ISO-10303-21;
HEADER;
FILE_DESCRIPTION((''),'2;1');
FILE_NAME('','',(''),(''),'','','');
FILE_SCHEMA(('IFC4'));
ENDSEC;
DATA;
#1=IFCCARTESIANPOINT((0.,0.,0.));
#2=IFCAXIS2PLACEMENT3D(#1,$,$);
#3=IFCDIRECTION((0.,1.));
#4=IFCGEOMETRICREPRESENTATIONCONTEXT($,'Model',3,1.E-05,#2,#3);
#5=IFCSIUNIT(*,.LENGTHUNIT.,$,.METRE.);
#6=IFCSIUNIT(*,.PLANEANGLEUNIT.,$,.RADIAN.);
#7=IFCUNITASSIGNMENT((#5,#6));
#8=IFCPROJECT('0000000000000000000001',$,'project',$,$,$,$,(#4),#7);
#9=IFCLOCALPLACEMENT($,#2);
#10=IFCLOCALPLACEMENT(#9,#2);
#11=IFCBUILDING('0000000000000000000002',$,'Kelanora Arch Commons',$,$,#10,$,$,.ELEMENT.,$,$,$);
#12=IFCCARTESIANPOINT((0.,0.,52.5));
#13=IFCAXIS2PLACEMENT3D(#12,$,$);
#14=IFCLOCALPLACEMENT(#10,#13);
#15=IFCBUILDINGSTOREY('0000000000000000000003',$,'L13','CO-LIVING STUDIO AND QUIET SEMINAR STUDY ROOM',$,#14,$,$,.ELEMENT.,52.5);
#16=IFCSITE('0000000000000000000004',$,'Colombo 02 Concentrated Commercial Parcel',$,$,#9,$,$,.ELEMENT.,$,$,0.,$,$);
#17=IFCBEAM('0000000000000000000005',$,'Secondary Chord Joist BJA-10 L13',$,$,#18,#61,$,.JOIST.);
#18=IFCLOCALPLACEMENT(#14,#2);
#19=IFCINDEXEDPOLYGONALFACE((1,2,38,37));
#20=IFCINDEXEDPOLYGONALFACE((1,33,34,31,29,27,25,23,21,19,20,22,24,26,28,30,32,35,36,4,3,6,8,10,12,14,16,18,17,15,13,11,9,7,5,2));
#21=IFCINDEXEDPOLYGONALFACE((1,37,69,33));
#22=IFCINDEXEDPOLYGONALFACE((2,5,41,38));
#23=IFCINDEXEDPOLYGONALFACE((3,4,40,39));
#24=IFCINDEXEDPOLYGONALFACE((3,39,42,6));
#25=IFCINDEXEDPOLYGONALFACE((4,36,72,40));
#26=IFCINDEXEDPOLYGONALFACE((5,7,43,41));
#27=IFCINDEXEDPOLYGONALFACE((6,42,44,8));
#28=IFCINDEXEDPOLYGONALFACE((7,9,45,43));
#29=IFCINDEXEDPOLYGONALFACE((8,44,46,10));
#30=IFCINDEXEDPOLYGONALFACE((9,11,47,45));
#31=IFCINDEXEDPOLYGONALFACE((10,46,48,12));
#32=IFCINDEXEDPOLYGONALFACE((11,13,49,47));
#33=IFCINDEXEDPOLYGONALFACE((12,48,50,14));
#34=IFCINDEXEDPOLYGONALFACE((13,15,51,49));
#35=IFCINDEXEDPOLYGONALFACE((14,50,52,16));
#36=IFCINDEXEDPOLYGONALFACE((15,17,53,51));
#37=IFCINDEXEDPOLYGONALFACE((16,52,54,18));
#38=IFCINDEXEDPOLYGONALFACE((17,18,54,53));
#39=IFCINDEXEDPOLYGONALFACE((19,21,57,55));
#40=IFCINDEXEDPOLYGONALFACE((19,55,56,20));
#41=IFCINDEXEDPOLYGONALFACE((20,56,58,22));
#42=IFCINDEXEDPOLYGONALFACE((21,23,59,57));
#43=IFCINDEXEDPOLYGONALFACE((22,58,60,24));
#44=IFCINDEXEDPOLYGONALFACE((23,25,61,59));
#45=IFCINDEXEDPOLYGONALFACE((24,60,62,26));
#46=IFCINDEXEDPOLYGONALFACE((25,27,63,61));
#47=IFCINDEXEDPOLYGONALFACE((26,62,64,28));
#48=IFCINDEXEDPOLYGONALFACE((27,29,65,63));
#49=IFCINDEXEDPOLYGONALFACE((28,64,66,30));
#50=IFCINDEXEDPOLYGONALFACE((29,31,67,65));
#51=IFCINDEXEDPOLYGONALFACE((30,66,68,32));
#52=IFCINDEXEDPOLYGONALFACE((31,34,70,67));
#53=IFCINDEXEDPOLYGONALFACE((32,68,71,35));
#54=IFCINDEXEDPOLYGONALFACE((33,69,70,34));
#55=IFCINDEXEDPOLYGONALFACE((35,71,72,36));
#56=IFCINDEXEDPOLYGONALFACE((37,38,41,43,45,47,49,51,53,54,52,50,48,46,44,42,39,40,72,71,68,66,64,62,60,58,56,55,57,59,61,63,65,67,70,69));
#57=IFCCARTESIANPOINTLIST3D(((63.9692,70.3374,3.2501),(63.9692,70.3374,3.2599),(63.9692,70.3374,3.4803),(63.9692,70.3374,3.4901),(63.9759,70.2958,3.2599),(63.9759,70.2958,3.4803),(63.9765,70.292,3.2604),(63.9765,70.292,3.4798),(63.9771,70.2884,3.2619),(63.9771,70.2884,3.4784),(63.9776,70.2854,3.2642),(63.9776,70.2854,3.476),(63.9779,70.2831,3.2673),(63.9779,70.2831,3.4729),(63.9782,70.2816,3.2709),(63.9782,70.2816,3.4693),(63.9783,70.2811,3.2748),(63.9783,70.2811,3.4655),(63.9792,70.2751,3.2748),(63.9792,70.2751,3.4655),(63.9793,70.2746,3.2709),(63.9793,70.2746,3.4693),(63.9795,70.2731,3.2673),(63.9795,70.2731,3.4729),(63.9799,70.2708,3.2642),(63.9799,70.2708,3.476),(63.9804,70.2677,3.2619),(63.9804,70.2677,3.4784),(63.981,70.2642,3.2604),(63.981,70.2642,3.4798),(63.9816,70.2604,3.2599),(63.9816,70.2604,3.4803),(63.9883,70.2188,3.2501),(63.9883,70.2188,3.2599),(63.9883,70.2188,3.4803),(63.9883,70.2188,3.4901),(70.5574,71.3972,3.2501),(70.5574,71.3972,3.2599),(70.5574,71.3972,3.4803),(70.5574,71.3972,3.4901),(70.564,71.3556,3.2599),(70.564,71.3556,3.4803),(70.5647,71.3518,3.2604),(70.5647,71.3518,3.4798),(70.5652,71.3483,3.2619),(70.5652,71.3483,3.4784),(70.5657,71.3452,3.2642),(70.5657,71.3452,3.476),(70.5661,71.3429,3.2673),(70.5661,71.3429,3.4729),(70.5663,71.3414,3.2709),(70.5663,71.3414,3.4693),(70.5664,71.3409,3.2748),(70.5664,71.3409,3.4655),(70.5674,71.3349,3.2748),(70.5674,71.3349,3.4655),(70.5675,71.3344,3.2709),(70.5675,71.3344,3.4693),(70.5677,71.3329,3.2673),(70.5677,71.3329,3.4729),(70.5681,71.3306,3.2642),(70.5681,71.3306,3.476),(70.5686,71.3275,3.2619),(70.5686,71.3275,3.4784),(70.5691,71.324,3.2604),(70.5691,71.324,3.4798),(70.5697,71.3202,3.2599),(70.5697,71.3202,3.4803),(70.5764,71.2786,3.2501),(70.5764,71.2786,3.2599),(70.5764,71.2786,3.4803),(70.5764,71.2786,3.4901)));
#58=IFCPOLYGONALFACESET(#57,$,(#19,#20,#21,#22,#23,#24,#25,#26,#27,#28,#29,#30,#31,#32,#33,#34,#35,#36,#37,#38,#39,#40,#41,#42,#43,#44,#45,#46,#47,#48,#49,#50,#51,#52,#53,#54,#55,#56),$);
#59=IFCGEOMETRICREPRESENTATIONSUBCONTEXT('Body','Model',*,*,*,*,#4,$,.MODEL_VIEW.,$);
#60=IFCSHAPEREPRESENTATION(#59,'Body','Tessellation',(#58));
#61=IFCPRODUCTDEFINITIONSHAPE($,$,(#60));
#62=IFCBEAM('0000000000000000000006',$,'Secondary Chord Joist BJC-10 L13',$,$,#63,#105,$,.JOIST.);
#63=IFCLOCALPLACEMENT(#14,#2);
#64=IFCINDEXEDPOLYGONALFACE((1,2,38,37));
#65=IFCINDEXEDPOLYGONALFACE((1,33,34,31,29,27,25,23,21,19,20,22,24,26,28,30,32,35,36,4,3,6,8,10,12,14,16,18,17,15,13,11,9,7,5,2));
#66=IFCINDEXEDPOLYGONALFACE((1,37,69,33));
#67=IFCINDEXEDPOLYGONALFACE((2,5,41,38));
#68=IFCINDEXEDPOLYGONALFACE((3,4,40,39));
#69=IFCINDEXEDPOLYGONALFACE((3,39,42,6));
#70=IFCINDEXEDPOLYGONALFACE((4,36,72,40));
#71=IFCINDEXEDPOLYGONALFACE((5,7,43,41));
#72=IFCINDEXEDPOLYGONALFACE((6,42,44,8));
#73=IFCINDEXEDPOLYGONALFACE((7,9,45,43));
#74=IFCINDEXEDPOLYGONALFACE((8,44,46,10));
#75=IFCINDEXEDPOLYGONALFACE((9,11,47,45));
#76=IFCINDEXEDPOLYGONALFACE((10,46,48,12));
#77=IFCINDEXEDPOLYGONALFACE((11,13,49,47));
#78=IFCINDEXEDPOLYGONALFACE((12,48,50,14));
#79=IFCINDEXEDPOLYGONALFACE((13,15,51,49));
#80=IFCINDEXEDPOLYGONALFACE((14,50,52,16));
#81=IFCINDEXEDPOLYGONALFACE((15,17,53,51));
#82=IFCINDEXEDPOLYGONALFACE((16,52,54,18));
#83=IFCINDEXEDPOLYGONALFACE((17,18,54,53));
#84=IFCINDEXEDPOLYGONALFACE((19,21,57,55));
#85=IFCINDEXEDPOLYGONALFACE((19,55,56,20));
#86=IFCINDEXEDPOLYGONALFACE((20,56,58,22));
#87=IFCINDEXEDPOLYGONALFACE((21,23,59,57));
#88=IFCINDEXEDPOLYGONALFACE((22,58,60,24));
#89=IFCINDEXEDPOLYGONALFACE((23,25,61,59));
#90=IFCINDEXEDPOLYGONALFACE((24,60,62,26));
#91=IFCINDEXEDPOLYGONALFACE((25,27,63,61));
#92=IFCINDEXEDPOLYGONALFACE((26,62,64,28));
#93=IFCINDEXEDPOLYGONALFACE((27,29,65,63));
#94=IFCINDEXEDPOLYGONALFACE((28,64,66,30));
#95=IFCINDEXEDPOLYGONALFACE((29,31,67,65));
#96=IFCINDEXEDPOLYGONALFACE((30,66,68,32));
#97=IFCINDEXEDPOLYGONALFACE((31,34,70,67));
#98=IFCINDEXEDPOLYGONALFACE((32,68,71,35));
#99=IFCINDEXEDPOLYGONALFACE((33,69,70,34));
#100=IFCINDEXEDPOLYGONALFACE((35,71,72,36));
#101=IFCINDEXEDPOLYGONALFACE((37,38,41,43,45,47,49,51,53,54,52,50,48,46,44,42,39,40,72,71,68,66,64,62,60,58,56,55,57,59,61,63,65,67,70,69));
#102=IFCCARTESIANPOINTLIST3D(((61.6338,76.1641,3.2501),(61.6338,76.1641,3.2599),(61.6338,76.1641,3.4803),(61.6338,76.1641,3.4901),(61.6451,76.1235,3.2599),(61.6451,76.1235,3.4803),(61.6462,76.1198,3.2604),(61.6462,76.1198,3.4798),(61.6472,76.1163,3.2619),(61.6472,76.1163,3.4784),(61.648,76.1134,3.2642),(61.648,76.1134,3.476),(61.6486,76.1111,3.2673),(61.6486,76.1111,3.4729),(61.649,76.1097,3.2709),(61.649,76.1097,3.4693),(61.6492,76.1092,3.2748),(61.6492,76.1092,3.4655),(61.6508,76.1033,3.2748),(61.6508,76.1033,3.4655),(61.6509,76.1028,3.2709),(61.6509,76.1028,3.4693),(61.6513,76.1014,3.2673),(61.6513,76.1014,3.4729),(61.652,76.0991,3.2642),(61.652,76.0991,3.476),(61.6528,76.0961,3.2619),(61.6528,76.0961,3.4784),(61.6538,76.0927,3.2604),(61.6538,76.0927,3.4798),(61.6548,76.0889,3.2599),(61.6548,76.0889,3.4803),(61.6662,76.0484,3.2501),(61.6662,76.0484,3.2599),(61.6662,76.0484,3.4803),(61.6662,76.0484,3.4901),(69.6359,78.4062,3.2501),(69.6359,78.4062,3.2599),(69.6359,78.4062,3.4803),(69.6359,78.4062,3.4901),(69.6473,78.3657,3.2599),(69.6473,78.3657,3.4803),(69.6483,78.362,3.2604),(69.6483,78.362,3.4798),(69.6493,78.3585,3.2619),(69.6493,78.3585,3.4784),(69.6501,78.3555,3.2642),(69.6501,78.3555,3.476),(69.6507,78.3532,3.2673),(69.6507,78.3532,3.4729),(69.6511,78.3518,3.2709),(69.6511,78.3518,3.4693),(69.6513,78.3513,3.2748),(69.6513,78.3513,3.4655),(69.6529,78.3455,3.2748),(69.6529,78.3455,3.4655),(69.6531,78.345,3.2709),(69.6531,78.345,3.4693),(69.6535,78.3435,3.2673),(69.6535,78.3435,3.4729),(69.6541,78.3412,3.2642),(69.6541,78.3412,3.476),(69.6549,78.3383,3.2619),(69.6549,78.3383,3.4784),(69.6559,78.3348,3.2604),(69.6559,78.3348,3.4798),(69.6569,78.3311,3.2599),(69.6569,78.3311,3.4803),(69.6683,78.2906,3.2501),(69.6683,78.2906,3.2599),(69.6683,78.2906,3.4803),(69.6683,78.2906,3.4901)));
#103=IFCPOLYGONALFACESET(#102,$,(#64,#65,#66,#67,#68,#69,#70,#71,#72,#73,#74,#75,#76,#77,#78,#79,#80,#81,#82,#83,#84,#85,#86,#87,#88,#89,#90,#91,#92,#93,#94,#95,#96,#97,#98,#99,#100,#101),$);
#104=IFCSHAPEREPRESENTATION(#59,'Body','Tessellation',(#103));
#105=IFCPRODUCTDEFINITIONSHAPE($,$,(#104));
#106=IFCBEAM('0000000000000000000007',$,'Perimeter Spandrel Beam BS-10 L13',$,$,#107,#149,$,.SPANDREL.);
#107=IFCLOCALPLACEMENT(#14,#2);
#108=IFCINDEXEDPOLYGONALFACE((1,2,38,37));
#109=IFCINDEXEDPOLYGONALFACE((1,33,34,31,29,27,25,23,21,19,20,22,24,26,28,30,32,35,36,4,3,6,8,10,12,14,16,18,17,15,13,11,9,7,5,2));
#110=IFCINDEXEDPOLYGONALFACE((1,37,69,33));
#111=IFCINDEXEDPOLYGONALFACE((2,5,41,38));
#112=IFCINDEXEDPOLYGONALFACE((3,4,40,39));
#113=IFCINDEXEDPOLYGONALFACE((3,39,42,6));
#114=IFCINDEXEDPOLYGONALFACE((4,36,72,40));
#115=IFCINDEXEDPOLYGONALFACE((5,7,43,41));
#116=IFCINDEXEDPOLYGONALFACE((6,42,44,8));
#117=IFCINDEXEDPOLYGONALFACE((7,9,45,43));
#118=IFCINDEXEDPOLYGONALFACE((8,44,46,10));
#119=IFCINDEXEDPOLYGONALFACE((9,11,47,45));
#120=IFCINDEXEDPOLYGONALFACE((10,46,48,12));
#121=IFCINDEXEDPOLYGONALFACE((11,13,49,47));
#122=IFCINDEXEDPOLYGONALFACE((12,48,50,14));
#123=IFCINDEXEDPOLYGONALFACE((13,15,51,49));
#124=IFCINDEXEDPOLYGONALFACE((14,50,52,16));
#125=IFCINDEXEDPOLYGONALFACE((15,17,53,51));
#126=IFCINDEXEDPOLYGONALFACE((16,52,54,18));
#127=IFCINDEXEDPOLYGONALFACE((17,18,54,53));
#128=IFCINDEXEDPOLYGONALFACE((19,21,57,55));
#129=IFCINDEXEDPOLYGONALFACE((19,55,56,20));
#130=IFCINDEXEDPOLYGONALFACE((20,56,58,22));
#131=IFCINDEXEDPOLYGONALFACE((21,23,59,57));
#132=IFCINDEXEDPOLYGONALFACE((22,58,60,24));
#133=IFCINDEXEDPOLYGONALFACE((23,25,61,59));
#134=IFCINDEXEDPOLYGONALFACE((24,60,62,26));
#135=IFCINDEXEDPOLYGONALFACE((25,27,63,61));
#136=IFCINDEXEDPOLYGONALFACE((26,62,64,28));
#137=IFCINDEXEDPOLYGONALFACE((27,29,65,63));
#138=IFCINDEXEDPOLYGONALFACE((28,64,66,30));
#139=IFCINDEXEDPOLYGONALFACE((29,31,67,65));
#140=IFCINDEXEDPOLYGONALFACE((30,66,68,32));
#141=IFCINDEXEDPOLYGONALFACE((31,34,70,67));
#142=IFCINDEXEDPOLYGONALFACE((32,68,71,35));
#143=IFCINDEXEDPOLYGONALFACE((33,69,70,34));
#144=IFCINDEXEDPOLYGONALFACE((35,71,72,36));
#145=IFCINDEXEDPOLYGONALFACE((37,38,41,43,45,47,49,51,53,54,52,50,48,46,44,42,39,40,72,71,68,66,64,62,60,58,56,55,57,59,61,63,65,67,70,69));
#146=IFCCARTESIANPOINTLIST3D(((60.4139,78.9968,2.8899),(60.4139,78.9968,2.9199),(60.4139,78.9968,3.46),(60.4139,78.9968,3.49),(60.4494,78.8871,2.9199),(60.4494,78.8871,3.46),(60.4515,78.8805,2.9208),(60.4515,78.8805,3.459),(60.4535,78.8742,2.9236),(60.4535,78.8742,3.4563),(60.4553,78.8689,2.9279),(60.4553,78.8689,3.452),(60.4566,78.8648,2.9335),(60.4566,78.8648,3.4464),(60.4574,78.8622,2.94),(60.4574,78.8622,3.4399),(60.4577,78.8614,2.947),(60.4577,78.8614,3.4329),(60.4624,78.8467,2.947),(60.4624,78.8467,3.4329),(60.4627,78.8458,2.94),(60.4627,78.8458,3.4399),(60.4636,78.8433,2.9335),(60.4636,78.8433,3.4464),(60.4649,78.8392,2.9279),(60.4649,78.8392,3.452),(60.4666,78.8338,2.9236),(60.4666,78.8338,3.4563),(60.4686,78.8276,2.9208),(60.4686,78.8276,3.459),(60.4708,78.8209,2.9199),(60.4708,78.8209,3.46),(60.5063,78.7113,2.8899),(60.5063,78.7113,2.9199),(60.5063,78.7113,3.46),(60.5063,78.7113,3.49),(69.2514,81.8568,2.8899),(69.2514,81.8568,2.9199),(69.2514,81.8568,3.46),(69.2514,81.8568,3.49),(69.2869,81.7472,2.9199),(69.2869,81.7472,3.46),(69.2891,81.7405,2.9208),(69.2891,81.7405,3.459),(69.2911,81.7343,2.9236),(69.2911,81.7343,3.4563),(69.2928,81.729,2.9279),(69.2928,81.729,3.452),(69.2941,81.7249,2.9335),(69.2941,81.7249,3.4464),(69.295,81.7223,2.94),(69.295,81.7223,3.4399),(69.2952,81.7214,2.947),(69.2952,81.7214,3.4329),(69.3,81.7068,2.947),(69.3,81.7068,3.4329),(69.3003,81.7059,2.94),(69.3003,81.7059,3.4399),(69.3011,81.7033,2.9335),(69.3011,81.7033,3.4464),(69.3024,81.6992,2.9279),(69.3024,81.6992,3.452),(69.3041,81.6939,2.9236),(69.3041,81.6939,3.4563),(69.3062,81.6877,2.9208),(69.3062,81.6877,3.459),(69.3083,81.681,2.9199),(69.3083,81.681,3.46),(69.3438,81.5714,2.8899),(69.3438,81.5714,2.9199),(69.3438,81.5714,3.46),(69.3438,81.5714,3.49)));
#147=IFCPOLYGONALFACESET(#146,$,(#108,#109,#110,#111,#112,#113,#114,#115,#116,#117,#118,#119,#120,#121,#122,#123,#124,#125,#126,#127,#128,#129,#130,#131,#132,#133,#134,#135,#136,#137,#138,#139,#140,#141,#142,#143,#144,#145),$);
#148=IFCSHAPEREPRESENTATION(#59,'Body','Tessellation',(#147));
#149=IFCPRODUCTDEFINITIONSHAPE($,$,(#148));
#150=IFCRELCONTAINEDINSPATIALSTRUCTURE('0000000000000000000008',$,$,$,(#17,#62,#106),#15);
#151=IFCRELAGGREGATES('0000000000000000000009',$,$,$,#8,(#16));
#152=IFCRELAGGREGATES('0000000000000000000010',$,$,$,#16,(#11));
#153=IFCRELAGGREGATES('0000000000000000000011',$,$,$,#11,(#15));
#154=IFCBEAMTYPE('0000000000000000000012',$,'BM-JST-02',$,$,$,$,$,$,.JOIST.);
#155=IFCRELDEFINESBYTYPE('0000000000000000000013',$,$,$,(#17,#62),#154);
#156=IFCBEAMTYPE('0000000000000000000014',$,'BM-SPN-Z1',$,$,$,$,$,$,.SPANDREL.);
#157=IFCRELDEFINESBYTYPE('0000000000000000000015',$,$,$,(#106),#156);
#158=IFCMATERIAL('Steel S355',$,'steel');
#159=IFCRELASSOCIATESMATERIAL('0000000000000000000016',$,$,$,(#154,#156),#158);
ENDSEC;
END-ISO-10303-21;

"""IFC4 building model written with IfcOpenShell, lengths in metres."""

from ifc_helpers import new_model, si_unit, direction, frame, origin, origin_2d, place, context, subcontext, project, spatial, i_section, extrude, material, material_profile, profile_set, type_object, element, save


model = new_model("IFC4")

# Units and contexts
model_context = context("Model", 3, precision=1e-05, world=origin(), true_north=direction((0.0, 1.0)))
body_context = subcontext(model_context, "Body", "Model", "MODEL_VIEW")
ifc_project = project(units=[si_unit("LENGTHUNIT", "METRE"), si_unit("PLANEANGLEUNIT", "RADIAN")], contexts=[model_context])

# Site, building, storey
site_placement = place(None, origin())
site = spatial("IfcSite", under=ifc_project, at=site_placement, Name="Colombo 02 Concentrated Commercial Parcel", CompositionType="ELEMENT", RefElevation=0.0)
building_placement = place(site_placement, origin())
building = spatial("IfcBuilding", under=site, at=building_placement, Name="Kelanora Arch Commons", CompositionType="ELEMENT")
storey_placement = place(building_placement, frame((0.0, 0.0, 52.5)))
storey = spatial("IfcBuildingStorey", under=building, at=storey_placement, Name="L13", Description="CO-LIVING STUDIO AND QUIET SEMINAR STUDY ROOM", CompositionType="ELEMENT", Elevation=52.5)

# Beams
ifc_material_1 = material(Name="Steel S355", Category="steel")
ifc_material_profile_1 = material_profile(ifc_material_1, i_section(OverallWidth=0.1201, OverallDepth=0.24, WebThickness=0.0061, FlangeThickness=0.0098, FilletRadius=0.0149, at=origin_2d()), Name="IPE240")
ifc_profile_set_1 = profile_set([ifc_material_profile_1], Name="Steel S355")
beam_type_1 = type_object("IfcBeamType", Name="BM-JST-02", PredefinedType="JOIST", material=ifc_profile_set_1)
beam_1_placement = place(storey_placement, frame((70.5669, 71.3379, 3.3701), z_axis=(-0.987307, -0.158825, 0.0), x_axis=(0.158825, -0.987307, 0.0)))
element("IfcBeam", 1, at=beam_1_placement, inside=storey, type_object=beam_type_1, Name="Secondary Chord Joist BJA-10 L13", PredefinedType="JOIST", context=body_context, shape_type="SweptSolid", body=[
    extrude(i_section(OverallWidth=0.1201, OverallDepth=0.24, WebThickness=0.0061, FlangeThickness=0.0098, FilletRadius=0.0149, at=origin_2d()), origin(), (0.0, 0.0, 1.0), 6.6729),
])
beam_2_placement = place(storey_placement, frame((69.6521, 78.3484, 3.3701), z_axis=(-0.962915, -0.269805, 0.0), x_axis=(0.269805, -0.962915, 0.0)))
element("IfcBeam", 2, at=beam_2_placement, inside=storey, type_object=beam_type_1, Name="Secondary Chord Joist BJC-10 L13", PredefinedType="JOIST", context=body_context, shape_type="SweptSolid", body=[
    extrude(i_section(OverallWidth=0.1201, OverallDepth=0.24, WebThickness=0.0061, FlangeThickness=0.0098, FilletRadius=0.0149, at=origin_2d()), origin(), (0.0, 0.0, 1.0), 8.3103),
])
ifc_material_profile_2 = material_profile(ifc_material_1, i_section(OverallWidth=0.3, OverallDepth=0.6001, WebThickness=0.0154, FlangeThickness=0.03, FilletRadius=0.0271, at=origin_2d()), Name="HEB600")
ifc_profile_set_2 = profile_set([ifc_material_profile_2], Name="Steel S355")
beam_type_2 = type_object("IfcBeamType", Name="BM-SPN-Z1", PredefinedType="SPANDREL", material=ifc_profile_set_2)
beam_3_placement = place(storey_placement, frame((69.2976, 81.7141, 3.1899), z_axis=(-0.951417, -0.307905, 0.0), x_axis=(0.307905, -0.951417, 0.0)))
element("IfcBeam", 3, at=beam_3_placement, inside=storey, type_object=beam_type_2, Name="Perimeter Spandrel Beam BS-10 L13", PredefinedType="SPANDREL", context=body_context, shape_type="SweptSolid", body=[
    extrude(i_section(OverallWidth=0.3, OverallDepth=0.6001, WebThickness=0.0154, FlangeThickness=0.03, FilletRadius=0.0271, at=origin_2d()), origin(), (0.0, 0.0, 1.0), 9.2888),
])

save(model, "model.ifc")
